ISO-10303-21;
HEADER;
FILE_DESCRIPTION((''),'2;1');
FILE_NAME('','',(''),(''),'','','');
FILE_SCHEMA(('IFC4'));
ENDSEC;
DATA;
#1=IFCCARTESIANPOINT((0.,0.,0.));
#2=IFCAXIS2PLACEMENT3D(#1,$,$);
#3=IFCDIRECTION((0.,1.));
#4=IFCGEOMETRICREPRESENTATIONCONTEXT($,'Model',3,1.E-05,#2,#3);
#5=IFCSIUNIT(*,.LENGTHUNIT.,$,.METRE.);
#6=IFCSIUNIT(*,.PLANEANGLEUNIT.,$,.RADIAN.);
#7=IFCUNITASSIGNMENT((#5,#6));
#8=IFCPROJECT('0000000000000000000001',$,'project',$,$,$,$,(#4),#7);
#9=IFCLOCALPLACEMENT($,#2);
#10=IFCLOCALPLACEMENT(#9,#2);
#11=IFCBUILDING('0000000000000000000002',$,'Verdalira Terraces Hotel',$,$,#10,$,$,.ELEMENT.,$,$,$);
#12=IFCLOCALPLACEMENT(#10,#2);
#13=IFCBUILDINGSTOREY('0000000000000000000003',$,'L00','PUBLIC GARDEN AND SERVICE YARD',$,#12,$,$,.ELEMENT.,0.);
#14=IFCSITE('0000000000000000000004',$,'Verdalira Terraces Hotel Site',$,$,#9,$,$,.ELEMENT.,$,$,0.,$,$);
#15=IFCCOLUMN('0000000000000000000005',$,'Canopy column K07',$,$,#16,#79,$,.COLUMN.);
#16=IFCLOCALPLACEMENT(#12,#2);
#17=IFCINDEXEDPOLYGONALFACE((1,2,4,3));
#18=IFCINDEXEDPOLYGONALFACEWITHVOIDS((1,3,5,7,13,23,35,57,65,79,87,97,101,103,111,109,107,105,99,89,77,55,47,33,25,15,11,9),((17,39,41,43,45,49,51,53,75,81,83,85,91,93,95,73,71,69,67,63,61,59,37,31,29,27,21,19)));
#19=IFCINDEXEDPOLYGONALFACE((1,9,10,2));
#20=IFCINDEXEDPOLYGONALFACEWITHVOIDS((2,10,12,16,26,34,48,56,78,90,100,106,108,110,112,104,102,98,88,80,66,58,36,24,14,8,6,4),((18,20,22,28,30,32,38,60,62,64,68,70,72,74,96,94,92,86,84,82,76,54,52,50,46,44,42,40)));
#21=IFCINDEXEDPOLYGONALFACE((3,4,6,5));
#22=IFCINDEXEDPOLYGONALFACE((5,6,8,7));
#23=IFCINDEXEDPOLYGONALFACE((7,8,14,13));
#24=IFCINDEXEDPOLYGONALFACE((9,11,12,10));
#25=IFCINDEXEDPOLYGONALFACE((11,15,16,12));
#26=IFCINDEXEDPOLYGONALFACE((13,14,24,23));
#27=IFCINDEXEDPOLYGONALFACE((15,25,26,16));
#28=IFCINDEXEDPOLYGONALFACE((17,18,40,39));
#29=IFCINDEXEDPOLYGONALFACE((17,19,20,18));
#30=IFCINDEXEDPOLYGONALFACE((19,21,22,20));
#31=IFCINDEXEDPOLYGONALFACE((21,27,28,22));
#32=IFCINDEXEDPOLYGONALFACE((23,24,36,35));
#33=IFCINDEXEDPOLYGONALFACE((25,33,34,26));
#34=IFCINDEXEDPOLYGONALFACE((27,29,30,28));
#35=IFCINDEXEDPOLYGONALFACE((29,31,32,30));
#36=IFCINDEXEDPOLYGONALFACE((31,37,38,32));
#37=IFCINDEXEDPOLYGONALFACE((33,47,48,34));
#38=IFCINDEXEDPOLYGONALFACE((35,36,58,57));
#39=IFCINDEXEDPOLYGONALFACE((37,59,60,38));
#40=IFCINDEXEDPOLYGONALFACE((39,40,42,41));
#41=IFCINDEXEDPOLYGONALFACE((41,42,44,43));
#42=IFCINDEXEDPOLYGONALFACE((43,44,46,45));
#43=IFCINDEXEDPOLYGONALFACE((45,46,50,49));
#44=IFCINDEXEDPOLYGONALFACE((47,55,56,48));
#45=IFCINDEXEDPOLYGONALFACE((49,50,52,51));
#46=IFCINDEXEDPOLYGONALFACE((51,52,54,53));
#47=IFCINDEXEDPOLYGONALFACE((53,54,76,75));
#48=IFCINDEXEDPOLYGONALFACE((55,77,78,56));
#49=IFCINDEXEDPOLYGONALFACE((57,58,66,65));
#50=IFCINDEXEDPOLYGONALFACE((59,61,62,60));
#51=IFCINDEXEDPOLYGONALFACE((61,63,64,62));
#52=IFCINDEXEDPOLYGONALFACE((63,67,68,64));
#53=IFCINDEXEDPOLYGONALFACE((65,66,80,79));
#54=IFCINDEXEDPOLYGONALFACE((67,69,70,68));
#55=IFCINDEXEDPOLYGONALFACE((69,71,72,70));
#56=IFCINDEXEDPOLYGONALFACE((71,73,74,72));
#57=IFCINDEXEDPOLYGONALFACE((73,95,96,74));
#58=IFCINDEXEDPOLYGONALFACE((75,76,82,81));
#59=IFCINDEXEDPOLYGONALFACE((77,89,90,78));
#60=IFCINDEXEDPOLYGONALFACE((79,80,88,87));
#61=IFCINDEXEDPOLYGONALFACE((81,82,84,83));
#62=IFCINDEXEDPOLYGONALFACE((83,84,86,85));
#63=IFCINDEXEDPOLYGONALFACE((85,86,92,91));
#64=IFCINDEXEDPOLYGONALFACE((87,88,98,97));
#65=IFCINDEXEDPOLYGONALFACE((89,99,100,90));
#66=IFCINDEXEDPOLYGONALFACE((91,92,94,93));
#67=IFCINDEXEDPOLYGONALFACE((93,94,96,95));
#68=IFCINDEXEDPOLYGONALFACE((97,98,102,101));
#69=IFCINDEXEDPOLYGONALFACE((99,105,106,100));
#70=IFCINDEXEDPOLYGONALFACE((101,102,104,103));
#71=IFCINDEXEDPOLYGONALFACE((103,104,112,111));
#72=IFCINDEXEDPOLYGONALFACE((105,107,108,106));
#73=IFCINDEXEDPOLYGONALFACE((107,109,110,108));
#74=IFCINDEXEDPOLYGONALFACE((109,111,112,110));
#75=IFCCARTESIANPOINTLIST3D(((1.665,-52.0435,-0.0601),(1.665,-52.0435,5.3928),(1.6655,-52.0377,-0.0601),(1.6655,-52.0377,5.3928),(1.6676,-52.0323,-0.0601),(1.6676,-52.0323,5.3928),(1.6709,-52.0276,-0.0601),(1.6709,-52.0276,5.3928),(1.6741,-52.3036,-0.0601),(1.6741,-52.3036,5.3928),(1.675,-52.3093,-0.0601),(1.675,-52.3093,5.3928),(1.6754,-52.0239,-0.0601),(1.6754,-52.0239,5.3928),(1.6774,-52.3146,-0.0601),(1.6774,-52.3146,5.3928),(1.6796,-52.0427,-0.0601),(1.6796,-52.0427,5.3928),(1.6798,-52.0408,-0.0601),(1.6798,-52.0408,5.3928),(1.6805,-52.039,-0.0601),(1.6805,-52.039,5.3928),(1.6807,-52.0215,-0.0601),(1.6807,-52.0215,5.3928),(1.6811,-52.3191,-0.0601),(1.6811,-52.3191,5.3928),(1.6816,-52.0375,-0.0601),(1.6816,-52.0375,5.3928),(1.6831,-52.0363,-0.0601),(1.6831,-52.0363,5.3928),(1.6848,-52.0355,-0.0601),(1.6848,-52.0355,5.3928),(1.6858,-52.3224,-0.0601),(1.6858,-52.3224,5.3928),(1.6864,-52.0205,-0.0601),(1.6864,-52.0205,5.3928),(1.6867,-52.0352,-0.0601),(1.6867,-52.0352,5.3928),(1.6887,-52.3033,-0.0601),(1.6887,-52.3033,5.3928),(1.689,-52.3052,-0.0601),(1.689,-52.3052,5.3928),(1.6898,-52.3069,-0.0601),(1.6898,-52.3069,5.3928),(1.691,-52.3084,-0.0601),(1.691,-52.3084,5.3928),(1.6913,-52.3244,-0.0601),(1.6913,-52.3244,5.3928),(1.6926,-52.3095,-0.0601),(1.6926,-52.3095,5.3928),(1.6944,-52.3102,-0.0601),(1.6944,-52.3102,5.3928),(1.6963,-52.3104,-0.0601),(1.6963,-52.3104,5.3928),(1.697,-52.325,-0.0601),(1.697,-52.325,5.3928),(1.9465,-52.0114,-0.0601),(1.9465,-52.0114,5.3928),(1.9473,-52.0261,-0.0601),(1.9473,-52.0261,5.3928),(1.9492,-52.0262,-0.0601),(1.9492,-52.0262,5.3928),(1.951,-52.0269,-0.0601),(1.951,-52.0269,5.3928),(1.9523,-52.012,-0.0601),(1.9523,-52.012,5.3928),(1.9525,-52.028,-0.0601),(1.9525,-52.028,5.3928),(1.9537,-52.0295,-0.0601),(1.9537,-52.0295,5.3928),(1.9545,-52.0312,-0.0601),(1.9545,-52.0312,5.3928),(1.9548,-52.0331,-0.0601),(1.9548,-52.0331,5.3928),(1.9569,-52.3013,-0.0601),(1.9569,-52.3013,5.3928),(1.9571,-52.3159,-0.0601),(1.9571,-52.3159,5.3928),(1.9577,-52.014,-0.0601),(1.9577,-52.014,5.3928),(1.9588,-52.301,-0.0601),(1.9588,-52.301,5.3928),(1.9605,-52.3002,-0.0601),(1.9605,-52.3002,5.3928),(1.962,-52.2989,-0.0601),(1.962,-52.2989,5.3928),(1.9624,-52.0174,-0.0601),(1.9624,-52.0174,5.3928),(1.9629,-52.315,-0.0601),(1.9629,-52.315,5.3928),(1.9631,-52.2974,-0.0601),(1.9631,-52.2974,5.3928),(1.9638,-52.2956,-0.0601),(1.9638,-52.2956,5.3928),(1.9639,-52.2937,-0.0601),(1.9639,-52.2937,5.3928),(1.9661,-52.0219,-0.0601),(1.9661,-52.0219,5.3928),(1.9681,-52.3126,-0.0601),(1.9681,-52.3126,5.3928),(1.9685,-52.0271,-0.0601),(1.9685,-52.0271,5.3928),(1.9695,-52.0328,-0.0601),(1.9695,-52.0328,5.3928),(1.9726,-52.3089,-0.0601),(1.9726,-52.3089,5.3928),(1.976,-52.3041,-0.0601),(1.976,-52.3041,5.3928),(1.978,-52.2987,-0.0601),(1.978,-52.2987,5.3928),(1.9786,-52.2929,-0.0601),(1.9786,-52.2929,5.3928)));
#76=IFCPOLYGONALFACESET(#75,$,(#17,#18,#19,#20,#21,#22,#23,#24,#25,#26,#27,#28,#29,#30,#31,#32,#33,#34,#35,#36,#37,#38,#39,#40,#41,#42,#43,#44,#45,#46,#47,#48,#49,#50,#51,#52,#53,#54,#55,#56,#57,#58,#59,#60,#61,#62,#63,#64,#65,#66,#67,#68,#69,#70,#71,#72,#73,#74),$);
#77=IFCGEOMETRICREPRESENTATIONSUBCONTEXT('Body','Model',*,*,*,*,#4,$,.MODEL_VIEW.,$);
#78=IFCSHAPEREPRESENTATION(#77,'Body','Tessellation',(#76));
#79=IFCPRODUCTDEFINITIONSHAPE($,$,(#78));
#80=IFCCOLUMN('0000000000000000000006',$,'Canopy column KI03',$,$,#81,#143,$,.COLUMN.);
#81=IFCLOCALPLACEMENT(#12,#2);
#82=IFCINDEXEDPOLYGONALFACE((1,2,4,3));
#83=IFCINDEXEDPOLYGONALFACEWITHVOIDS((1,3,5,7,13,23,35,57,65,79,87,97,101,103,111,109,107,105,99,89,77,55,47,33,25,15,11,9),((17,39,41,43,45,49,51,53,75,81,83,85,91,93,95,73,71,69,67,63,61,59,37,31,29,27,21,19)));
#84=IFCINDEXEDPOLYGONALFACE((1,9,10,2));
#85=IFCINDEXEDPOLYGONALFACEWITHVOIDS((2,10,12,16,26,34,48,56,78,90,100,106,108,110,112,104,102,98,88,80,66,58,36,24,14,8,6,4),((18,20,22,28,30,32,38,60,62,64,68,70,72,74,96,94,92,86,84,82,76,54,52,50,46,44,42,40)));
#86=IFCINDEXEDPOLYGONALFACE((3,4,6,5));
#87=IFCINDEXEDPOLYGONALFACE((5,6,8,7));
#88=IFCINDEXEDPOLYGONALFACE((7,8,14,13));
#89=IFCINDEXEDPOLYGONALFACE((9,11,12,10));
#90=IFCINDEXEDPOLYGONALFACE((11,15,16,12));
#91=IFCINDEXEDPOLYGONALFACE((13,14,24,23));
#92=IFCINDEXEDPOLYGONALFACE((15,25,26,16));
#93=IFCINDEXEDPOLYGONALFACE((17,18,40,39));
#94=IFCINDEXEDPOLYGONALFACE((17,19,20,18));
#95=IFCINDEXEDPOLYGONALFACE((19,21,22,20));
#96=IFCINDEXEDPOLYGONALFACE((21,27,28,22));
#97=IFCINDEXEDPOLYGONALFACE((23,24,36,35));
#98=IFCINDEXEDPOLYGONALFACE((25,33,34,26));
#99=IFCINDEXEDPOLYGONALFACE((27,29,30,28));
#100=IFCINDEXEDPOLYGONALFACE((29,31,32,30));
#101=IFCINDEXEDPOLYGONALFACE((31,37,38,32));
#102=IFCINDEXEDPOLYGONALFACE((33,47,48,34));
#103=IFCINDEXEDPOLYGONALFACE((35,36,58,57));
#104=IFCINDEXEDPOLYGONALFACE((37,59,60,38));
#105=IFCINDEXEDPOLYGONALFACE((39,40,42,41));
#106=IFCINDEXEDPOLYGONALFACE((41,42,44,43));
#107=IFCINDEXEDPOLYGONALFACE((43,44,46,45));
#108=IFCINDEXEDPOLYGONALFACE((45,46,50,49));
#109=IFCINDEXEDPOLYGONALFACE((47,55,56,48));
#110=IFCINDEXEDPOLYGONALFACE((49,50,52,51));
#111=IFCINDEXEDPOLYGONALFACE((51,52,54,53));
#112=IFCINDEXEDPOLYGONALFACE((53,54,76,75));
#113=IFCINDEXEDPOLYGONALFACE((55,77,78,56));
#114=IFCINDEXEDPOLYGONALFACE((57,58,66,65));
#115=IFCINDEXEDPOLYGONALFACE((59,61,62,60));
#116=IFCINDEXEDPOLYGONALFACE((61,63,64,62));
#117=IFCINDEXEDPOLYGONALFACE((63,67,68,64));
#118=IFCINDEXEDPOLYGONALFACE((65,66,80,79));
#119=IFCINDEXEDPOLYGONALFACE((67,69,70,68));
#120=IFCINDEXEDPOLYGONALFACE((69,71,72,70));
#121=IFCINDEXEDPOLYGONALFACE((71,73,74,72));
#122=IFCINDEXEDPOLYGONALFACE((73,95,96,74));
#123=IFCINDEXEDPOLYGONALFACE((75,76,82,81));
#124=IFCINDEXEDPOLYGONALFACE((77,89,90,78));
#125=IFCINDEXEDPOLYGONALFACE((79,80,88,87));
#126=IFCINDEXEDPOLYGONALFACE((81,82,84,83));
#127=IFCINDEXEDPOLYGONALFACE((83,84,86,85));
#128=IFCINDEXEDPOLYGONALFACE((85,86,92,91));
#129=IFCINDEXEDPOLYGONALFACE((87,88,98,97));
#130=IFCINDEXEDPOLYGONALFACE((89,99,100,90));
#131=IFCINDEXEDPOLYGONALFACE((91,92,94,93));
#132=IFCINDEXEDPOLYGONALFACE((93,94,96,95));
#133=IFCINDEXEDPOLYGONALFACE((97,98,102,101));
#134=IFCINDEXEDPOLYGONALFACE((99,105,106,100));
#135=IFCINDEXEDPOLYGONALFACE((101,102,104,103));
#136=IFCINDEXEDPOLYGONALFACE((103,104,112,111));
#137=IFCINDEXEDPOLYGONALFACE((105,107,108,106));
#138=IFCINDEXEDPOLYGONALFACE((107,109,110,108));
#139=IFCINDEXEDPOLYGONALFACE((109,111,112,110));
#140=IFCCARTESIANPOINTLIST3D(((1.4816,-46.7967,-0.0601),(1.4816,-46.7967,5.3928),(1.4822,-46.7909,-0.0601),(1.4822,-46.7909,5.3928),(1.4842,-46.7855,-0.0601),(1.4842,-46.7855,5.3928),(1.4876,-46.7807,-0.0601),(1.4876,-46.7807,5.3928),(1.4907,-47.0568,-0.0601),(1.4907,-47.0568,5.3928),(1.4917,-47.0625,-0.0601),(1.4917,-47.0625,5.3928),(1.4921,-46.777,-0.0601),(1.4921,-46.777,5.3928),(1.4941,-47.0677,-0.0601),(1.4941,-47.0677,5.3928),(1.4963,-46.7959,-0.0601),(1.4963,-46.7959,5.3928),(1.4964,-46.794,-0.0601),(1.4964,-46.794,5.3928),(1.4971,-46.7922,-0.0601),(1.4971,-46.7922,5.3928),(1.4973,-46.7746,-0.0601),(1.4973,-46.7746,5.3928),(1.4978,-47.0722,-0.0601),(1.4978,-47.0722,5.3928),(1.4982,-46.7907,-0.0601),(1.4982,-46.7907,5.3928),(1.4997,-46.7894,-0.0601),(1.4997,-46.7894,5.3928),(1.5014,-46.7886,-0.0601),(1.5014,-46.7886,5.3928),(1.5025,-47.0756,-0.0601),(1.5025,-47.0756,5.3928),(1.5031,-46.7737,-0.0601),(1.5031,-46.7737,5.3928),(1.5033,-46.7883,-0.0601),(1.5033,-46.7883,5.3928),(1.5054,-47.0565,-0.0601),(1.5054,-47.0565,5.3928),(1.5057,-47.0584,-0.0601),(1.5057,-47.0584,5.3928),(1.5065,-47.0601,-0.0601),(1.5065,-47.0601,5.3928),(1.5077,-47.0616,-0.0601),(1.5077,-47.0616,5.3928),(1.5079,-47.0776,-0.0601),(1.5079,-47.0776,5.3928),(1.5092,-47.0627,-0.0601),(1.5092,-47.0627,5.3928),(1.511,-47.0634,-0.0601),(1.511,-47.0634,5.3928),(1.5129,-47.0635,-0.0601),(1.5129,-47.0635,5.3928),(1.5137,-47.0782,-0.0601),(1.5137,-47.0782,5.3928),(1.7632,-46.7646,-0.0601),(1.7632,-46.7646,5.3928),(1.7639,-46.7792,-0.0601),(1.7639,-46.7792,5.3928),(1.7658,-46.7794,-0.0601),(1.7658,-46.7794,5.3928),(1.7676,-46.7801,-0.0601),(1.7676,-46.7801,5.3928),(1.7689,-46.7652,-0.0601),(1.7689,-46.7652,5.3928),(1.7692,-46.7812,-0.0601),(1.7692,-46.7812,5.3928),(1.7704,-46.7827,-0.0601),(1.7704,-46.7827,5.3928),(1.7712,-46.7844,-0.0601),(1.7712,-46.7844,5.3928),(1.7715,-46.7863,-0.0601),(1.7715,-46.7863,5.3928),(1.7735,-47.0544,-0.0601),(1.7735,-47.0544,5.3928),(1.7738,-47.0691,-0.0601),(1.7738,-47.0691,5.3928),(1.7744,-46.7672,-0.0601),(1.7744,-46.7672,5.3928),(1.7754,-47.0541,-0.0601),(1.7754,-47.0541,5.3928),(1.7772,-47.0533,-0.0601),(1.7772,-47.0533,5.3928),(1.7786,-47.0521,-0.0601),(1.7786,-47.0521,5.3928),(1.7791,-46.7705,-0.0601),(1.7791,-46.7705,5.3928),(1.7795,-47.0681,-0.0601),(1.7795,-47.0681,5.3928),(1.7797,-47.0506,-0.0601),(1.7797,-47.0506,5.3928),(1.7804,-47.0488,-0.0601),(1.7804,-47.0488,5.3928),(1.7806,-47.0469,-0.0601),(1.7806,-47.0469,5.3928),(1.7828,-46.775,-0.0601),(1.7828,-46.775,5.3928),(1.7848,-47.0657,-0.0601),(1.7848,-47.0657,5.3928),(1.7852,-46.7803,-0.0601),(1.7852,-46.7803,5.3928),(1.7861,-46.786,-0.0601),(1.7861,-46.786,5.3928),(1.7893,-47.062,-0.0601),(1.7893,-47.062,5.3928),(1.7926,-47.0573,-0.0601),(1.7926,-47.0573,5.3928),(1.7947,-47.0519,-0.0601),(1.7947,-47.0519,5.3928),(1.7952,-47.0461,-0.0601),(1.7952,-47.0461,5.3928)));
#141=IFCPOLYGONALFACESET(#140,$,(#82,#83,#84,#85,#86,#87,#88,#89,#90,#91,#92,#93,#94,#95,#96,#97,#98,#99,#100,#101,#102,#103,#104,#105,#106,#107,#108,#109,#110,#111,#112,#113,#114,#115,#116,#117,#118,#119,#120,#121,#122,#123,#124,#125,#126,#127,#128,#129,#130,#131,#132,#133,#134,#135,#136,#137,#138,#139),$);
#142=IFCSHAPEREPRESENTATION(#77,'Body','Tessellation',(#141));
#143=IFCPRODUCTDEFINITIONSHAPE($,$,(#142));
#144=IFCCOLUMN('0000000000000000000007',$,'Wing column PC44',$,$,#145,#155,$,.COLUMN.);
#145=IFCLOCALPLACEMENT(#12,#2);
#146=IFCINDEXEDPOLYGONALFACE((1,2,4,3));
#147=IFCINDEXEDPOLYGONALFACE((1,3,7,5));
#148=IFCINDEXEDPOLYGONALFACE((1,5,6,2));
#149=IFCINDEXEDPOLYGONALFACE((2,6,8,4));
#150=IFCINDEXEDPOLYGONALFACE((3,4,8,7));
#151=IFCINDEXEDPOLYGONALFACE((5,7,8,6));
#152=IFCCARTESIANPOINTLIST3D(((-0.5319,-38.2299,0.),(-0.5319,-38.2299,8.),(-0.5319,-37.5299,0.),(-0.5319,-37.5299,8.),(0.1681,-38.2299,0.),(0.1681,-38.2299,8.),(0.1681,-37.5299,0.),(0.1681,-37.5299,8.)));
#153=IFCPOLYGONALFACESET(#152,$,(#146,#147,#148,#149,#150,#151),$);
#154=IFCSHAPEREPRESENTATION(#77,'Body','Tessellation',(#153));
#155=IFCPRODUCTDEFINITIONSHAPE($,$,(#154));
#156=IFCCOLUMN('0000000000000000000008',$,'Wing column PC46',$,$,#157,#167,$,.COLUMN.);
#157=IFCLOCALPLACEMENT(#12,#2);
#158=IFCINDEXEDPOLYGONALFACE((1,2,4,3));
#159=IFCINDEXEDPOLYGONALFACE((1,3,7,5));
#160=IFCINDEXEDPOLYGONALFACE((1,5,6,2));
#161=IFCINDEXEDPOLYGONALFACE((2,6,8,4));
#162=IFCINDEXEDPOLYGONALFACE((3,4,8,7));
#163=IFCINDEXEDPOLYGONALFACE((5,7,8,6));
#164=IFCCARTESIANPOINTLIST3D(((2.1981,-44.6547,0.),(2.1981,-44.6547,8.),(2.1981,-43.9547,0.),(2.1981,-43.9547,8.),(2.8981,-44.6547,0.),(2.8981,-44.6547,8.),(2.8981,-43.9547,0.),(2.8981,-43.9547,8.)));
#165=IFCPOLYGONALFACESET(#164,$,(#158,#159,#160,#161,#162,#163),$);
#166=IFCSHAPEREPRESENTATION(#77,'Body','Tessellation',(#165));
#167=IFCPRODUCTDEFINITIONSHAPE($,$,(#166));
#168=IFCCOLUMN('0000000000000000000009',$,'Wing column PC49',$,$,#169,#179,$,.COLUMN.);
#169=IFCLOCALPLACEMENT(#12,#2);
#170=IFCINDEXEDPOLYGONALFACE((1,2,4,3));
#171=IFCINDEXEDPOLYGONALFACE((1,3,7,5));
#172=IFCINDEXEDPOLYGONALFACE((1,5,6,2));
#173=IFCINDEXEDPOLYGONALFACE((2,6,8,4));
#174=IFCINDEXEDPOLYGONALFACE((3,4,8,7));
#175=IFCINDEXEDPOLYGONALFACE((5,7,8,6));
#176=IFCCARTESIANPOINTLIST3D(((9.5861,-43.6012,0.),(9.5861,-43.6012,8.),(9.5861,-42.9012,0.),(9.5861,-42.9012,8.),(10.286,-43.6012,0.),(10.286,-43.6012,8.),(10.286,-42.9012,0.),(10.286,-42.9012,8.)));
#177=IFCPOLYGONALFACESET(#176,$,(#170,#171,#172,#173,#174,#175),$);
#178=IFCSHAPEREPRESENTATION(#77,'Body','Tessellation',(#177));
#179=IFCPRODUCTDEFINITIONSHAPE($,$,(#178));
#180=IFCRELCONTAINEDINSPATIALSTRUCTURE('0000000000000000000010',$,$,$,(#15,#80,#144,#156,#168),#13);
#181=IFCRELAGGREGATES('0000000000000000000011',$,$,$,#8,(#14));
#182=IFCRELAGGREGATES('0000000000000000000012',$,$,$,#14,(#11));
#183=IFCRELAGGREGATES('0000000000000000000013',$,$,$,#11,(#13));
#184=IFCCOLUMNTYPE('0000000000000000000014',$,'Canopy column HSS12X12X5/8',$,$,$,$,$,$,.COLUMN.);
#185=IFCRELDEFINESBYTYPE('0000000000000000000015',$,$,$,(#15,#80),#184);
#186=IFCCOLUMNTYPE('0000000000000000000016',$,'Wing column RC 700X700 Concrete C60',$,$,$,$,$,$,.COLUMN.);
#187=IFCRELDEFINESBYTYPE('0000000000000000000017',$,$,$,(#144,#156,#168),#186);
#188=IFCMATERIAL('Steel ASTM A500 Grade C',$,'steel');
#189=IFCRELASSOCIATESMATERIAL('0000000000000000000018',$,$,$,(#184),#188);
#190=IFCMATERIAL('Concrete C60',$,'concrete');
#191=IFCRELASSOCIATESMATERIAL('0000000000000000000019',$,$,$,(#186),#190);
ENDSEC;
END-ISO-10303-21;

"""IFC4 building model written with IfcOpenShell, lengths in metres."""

from ifc_helpers import new_model, si_unit, direction, frame, origin, origin_2d, place, context, subcontext, project, spatial, rectangle, hollow_rectangle, extrude, material, material_profile, profile_set, type_object, element, save


model = new_model("IFC4")

# Units and contexts
model_context = context("Model", 3, precision=1e-05, world=origin(), true_north=direction((0.0, 1.0)))
body_context = subcontext(model_context, "Body", "Model", "MODEL_VIEW")
ifc_project = project(units=[si_unit("LENGTHUNIT", "METRE"), si_unit("PLANEANGLEUNIT", "RADIAN")], contexts=[model_context])

# Site, building, storey
site_placement = place(None, origin())
site = spatial("IfcSite", under=ifc_project, at=site_placement, Name="Verdalira Terraces Hotel Site", CompositionType="ELEMENT", RefElevation=0.0)
building_placement = place(site_placement, origin())
building = spatial("IfcBuilding", under=site, at=building_placement, Name="Verdalira Terraces Hotel", CompositionType="ELEMENT")
storey_placement = place(building_placement, origin())
storey = spatial("IfcBuildingStorey", under=building, at=storey_placement, Name="L00", Description="PUBLIC GARDEN AND SERVICE YARD", CompositionType="ELEMENT", Elevation=0.0)

# Columns
ifc_material_1 = material(Name="Steel ASTM A500 Grade C", Category="steel")
ifc_material_profile_1 = material_profile(ifc_material_1, hollow_rectangle(XDim=0.3047, YDim=0.3047, WallThickness=0.0146, InnerFilletRadius=0.0073, OuterFilletRadius=0.0222, at=origin_2d()), Name="HSS12X12X5/8")
ifc_profile_set_1 = profile_set([ifc_material_profile_1], Name="Steel ASTM A500 Grade C")
column_type_1 = type_object("IfcColumnType", Name="Canopy column HSS12X12X5/8", PredefinedType="COLUMN", material=ifc_profile_set_1)
for number, where, z_axis, x_axis, name in (
    (1, (1.8218, -52.1682, -0.0601), (0.0, 0.0, 1.0), (0.034899, -0.999391, 0.0), "Canopy column K07"),
    (2, (1.6384, -46.9214, -0.0601), (0.0, 0.0, 1.0), (0.034899, -0.999391, 0.0), "Canopy column KI03"),
):
    element("IfcColumn", number, at=place(storey_placement, frame(where, z_axis=z_axis, x_axis=x_axis)), inside=storey, type_object=column_type_1, Name=name, PredefinedType="COLUMN", context=body_context, shape_type="SweptSolid", body=[
        extrude(hollow_rectangle(XDim=0.3047, YDim=0.3047, WallThickness=0.0146, InnerFilletRadius=0.0073, OuterFilletRadius=0.0222, at=origin_2d()), origin(), (0.0, 0.0, 1.0), 5.4529),
    ])
ifc_material_2 = material(Name="Concrete C60", Category="concrete")
ifc_material_profile_2 = material_profile(ifc_material_2, rectangle(XDim=0.7, YDim=0.7, at=origin_2d()), Name="RC 700X700")
ifc_profile_set_2 = profile_set([ifc_material_profile_2], Name="Concrete C60")
column_type_2 = type_object("IfcColumnType", Name="Wing column RC 700X700 Concrete C60", PredefinedType="COLUMN", material=ifc_profile_set_2)
for number, where, z_axis, x_axis, name in (
    (3, (-0.1819, -37.8799, 0.0), (0.0, 0.0, 1.0), (0.0, -1.0, 0.0), "Wing column PC44"),
    (4, (2.5481, -44.3047, 0.0), (0.0, 0.0, 1.0), (0.0, -1.0, 0.0), "Wing column PC46"),
    (5, (9.936, -43.2512, 0.0), (0.0, 0.0, 1.0), (0.0, -1.0, 0.0), "Wing column PC49"),
):
    element("IfcColumn", number, at=place(storey_placement, frame(where, z_axis=z_axis, x_axis=x_axis)), inside=storey, type_object=column_type_2, Name=name, PredefinedType="COLUMN", context=body_context, shape_type="SweptSolid", body=[
        extrude(rectangle(XDim=0.7, YDim=0.7, at=origin_2d()), origin(), (0.0, 0.0, 1.0), 8.0),
    ])

save(model, "model.ifc")
